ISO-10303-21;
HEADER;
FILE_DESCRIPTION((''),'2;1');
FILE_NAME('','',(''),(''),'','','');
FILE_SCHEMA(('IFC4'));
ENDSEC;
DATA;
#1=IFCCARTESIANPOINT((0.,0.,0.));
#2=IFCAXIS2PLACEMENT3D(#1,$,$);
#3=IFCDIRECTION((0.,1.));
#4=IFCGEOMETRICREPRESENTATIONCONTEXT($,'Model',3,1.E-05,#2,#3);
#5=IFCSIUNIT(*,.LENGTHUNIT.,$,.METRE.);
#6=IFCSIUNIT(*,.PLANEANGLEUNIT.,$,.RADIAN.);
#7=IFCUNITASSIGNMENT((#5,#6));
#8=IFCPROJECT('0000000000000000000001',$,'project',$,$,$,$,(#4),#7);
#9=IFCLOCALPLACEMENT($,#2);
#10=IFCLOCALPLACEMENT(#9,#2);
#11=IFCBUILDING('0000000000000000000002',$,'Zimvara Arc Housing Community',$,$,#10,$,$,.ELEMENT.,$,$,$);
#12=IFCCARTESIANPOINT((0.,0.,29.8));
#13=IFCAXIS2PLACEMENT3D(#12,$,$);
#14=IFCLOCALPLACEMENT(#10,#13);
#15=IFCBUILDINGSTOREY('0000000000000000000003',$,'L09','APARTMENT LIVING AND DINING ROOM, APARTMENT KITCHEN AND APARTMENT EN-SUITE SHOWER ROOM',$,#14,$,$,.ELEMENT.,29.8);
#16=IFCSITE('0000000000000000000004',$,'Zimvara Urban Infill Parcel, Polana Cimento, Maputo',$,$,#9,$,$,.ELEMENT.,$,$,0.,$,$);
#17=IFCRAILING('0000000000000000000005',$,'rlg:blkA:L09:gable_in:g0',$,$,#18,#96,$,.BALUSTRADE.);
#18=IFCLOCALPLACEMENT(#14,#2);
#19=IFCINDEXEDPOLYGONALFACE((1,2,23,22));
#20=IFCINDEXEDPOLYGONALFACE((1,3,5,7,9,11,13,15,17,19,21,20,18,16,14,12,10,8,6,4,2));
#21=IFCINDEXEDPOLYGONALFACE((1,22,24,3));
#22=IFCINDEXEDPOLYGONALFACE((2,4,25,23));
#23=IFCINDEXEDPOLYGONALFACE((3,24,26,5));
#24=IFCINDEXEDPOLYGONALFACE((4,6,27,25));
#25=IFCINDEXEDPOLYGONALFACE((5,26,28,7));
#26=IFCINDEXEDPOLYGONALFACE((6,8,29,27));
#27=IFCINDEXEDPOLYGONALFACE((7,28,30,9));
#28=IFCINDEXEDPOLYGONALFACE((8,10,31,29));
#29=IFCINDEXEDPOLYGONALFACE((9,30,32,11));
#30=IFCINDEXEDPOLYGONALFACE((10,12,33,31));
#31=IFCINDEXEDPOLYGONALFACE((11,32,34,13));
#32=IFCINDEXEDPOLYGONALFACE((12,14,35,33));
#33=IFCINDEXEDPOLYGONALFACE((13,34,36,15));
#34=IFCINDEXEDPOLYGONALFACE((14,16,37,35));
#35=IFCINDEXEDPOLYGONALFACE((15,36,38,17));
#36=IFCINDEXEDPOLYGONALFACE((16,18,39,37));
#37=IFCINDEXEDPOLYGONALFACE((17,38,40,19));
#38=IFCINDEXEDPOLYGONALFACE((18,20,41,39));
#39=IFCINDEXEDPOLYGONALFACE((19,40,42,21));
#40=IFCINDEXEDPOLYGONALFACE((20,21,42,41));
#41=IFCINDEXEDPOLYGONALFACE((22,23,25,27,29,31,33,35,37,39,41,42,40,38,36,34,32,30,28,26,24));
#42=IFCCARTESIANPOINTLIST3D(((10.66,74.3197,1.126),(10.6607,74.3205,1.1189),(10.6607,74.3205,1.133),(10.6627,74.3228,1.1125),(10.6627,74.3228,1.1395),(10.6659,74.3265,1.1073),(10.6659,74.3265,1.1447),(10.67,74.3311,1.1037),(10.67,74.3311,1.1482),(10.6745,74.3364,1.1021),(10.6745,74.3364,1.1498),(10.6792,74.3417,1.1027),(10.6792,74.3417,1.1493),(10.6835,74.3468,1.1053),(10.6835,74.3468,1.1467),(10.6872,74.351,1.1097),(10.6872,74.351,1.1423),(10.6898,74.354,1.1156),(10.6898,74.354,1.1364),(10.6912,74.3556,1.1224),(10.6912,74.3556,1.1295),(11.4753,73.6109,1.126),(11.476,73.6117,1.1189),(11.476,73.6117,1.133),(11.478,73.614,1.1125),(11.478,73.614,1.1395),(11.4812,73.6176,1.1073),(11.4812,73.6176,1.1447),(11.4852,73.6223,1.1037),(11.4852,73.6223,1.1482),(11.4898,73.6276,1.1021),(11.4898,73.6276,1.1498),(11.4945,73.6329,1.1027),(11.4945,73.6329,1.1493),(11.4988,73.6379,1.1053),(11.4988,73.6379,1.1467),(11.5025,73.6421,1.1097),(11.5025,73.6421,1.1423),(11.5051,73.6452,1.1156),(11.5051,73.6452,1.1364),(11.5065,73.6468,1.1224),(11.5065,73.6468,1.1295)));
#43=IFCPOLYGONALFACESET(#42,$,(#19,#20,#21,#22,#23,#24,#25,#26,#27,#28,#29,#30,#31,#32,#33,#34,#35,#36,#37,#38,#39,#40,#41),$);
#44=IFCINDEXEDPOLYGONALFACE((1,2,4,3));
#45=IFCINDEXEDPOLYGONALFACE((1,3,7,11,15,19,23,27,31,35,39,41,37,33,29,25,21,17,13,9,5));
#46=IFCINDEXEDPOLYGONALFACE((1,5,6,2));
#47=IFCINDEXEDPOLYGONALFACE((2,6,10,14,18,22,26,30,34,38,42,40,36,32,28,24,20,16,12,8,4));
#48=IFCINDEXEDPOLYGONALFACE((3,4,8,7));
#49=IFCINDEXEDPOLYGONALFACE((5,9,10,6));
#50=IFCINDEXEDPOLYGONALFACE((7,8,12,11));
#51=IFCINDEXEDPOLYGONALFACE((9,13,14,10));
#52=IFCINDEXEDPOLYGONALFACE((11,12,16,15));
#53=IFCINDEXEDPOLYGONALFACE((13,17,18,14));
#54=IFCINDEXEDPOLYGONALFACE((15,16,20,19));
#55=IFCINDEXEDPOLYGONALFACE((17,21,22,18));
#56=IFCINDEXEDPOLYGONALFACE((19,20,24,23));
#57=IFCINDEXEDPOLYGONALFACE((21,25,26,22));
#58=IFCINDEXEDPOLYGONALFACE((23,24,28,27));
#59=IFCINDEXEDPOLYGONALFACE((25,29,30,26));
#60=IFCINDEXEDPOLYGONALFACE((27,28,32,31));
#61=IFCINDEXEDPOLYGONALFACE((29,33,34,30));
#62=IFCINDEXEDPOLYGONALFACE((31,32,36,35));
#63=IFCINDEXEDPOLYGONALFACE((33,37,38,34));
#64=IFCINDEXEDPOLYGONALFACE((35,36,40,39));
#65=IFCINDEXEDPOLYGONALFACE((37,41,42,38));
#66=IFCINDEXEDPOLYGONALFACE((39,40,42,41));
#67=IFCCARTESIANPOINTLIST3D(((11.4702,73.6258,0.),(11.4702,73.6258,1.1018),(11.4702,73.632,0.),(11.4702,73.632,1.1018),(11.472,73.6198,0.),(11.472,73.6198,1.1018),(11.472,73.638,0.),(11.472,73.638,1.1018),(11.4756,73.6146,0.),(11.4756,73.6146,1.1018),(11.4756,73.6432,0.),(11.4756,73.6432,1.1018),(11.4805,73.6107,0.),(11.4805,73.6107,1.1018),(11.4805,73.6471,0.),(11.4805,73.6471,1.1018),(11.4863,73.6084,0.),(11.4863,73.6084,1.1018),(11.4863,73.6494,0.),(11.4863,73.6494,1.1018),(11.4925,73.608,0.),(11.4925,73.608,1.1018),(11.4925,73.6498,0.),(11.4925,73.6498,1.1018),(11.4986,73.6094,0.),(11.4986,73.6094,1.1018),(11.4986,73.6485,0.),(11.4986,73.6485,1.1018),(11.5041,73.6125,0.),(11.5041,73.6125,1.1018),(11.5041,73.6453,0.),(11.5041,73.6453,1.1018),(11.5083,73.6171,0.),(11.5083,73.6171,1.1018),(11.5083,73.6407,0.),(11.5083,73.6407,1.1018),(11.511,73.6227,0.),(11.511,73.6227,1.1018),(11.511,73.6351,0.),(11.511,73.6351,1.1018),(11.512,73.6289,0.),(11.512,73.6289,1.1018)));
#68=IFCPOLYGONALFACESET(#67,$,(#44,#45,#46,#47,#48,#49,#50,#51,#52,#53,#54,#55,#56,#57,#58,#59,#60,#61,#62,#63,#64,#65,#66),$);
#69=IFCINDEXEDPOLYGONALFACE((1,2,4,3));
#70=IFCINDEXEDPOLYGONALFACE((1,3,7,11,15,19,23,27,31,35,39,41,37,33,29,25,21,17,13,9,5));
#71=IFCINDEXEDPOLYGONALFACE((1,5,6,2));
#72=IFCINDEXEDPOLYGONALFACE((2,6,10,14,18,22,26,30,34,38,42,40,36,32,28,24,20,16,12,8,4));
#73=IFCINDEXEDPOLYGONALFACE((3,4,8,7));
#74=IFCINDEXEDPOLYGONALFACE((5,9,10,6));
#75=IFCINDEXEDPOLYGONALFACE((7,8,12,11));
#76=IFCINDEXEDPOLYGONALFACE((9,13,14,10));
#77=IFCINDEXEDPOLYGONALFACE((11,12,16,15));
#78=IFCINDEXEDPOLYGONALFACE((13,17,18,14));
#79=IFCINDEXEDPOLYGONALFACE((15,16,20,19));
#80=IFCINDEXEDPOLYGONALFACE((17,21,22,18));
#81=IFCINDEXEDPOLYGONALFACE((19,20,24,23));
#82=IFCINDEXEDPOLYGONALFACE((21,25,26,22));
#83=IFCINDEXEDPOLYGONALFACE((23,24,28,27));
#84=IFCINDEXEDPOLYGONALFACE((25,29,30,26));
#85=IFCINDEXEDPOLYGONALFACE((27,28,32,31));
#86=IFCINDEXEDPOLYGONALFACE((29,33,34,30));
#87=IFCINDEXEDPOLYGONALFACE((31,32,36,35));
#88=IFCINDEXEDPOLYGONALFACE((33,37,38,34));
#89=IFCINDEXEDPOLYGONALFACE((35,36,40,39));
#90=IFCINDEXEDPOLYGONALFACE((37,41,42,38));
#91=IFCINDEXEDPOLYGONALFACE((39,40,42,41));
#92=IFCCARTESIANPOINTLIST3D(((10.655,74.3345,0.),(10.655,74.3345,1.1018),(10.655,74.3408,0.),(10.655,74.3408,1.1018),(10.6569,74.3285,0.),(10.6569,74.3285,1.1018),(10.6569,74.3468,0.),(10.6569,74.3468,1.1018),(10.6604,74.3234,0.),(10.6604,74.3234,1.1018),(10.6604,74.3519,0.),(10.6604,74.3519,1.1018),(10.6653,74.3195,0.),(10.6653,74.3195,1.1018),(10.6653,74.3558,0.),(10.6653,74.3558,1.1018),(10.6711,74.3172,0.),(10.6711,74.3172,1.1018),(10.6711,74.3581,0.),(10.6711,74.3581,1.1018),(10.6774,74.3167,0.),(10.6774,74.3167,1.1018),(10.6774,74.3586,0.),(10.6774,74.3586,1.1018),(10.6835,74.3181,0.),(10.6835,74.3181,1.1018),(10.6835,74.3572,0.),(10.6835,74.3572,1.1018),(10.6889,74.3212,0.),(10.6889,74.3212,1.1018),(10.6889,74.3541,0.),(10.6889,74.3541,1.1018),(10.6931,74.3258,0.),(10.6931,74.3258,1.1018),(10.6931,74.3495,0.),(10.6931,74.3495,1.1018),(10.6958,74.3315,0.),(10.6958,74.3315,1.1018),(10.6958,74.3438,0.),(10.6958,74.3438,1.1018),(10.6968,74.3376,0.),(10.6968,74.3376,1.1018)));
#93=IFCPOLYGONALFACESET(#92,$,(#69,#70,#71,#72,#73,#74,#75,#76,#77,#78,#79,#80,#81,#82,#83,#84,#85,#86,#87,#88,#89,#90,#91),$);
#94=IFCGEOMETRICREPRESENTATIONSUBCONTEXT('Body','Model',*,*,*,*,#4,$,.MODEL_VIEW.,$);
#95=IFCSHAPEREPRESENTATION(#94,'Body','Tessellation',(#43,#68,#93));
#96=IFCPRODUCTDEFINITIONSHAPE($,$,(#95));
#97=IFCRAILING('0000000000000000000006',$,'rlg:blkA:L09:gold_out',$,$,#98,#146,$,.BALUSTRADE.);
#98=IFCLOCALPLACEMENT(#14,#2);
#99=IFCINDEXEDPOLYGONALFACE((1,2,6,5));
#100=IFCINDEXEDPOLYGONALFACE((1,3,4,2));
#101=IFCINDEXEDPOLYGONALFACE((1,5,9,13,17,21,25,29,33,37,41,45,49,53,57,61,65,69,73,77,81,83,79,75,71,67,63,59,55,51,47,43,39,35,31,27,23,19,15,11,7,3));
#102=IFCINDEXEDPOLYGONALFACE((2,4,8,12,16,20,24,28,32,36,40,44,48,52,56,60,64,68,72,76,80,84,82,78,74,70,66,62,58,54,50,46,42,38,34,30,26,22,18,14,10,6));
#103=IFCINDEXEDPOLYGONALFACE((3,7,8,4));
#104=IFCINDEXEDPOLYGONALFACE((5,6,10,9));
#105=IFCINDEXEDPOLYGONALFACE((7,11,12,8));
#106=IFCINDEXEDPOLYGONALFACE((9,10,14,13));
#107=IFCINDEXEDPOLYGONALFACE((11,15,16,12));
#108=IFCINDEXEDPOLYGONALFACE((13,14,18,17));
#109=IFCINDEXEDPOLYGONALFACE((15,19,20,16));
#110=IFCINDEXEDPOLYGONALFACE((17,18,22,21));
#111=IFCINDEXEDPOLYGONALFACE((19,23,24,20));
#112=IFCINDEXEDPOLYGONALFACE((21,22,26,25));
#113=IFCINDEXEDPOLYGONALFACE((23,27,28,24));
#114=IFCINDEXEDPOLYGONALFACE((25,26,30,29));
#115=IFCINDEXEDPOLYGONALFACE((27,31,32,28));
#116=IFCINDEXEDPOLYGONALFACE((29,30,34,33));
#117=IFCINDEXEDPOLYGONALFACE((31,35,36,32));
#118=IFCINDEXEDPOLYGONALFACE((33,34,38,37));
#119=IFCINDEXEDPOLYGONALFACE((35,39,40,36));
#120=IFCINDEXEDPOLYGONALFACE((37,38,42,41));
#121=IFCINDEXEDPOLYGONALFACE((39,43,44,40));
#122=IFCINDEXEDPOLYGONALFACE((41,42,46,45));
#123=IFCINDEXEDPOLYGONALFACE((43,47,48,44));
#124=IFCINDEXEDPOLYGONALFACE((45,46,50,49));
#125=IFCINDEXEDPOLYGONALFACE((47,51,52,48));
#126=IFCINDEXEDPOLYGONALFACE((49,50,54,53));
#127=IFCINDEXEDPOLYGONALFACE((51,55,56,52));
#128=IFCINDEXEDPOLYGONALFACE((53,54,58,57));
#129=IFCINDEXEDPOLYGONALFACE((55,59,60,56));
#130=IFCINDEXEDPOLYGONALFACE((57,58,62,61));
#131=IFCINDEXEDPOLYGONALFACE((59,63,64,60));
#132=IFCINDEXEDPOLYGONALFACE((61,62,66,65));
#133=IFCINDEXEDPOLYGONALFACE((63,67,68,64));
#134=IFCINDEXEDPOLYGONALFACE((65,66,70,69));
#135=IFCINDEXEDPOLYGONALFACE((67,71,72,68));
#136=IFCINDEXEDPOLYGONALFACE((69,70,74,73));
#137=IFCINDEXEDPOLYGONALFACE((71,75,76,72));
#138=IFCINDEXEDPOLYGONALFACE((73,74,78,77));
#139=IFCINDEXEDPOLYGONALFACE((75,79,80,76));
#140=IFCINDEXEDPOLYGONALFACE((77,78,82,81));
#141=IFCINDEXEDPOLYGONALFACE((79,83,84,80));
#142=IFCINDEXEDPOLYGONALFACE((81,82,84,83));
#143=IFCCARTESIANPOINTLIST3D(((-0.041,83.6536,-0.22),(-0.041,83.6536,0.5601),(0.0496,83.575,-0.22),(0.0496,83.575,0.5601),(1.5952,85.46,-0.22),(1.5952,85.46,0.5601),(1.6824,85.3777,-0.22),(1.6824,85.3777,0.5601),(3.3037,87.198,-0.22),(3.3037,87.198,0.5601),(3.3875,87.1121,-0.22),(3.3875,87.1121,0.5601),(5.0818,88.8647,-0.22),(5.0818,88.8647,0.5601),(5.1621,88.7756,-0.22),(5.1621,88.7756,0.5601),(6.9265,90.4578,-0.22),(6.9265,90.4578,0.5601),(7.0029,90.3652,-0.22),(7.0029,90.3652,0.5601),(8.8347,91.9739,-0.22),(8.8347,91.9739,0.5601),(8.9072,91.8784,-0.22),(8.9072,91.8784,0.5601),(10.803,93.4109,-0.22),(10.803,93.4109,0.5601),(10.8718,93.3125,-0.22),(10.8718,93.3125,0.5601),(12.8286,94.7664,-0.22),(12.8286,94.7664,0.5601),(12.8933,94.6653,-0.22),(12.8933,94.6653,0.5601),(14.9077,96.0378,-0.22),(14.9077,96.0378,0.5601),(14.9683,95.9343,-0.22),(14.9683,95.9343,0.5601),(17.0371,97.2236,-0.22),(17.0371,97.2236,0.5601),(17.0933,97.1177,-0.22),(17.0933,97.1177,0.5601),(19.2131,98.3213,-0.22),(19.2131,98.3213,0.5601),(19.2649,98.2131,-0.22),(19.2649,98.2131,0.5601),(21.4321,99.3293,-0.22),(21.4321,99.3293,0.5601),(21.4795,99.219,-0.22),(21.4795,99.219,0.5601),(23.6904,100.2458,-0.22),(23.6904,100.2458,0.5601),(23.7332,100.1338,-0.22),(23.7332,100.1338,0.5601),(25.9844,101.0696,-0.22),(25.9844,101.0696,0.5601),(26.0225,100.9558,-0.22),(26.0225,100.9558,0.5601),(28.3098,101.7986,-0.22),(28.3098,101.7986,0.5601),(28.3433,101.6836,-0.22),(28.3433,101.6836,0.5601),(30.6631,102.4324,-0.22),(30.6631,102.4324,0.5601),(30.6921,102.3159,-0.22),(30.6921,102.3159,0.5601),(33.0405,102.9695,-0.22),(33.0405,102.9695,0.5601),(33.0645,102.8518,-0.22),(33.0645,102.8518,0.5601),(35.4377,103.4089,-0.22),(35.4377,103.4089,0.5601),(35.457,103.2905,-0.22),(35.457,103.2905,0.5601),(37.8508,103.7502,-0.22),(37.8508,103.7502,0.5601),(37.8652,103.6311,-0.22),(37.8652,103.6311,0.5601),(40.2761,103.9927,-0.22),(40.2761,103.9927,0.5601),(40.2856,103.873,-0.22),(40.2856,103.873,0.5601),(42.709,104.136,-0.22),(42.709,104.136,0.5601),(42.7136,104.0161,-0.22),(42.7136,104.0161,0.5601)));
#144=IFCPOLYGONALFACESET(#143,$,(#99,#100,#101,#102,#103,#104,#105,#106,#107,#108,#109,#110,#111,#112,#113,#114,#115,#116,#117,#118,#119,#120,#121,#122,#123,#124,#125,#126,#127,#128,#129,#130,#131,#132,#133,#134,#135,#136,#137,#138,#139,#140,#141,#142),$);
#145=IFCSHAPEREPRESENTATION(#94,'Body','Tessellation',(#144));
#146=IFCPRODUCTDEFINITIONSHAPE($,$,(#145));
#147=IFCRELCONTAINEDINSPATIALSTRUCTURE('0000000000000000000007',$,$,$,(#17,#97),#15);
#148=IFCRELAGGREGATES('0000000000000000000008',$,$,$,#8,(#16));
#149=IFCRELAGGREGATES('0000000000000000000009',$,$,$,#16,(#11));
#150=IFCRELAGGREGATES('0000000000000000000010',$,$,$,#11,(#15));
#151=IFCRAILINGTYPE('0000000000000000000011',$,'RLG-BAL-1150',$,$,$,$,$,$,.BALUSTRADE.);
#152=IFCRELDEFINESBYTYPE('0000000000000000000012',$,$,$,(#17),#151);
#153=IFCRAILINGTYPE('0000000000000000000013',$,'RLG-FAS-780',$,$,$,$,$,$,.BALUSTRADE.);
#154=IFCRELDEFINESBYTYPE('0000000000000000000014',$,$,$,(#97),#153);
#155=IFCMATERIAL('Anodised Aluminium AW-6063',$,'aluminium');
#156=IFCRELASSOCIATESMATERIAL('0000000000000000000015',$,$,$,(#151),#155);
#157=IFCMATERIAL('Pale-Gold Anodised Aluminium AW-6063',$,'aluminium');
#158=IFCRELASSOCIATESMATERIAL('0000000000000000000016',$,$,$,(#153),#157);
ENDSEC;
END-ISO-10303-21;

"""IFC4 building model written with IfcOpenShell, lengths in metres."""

from ifc_helpers import new_model, si_unit, direction, frame, origin, origin_2d, place, context, subcontext, project, spatial, polyline, circle, outline, extrude, material, type_object, element, save


model = new_model("IFC4")

# Units and contexts
model_context = context("Model", 3, precision=1e-05, world=origin(), true_north=direction((0.0, 1.0)))
body_context = subcontext(model_context, "Body", "Model", "MODEL_VIEW")
ifc_project = project(units=[si_unit("LENGTHUNIT", "METRE"), si_unit("PLANEANGLEUNIT", "RADIAN")], contexts=[model_context])

# Site, building, storey
site_placement = place(None, origin())
site = spatial("IfcSite", under=ifc_project, at=site_placement, Name="Zimvara Urban Infill Parcel, Polana Cimento, Maputo", CompositionType="ELEMENT", RefElevation=0.0)
building_placement = place(site_placement, origin())
building = spatial("IfcBuilding", under=site, at=building_placement, Name="Zimvara Arc Housing Community", CompositionType="ELEMENT")
storey_placement = place(building_placement, frame((0.0, 0.0, 29.8)))
storey = spatial("IfcBuildingStorey", under=building, at=storey_placement, Name="L09", Description="APARTMENT LIVING AND DINING ROOM, APARTMENT KITCHEN AND APARTMENT EN-SUITE SHOWER ROOM", CompositionType="ELEMENT", Elevation=29.8)

# Railings
ifc_material_1 = material(Name="Anodised Aluminium AW-6063", Category="aluminium")
railing_type_1 = type_object("IfcRailingType", Name="RLG-BAL-1150", PredefinedType="BALUSTRADE", material=ifc_material_1)
railing_1_placement = place(storey_placement, frame((11.491, 73.6289, 0.0)))
element("IfcRailing", 1, at=railing_1_placement, inside=storey, type_object=railing_type_1, Name="rlg:blkA:L09:gable_in:g0", PredefinedType="BALUSTRADE", context=body_context, shape_type="SweptSolid", body=[
    extrude(circle(Radius=0.0239, at=origin_2d()), frame((0.0, 0.0, 1.126), z_axis=(-0.754659, 0.656117, 0.0), x_axis=(-0.656117, -0.754659, 0.0)), (0.0, 0.0, 1.0), 1.0803),
    extrude(circle(Radius=0.021, at=origin_2d()), origin(), (0.0, 0.0, 1.0), 1.1018),
    extrude(circle(Radius=0.021, at=origin_2d()), frame((-0.8152, 0.7087, 0.0)), (0.0, 0.0, 1.0), 1.1018),
])
ifc_material_2 = material(Name="Pale-Gold Anodised Aluminium AW-6063", Category="aluminium")
railing_type_2 = type_object("IfcRailingType", Name="RLG-FAS-780", PredefinedType="BALUSTRADE", material=ifc_material_2)
railing_2_placement = place(storey_placement, frame((0.0, 0.0, -0.22)))
element("IfcRailing", 2, at=railing_2_placement, inside=storey, type_object=railing_type_2, Name="rlg:blkA:L09:gold_out", PredefinedType="BALUSTRADE", context=body_context, shape_type="SweptSolid", body=[
    extrude(outline(polyline([(0.0496, 83.575), (1.6824, 85.3777), (3.3875, 87.1121), (5.1621, 88.7756), (7.0029, 90.3652), (8.9072, 91.8784), (10.8718, 93.3125), (12.8933, 94.6653), (14.9683, 95.9343), (17.0933, 97.1177), (19.2649, 98.2131), (21.4795, 99.219), (23.7332, 100.1338), (26.0225, 100.9558), (28.3433, 101.6836), (30.6921, 102.3159), (33.0645, 102.8518), (35.457, 103.2905), (37.8652, 103.6311), (40.2856, 103.873), (42.7136, 104.0161), (42.709, 104.136), (40.2761, 103.9927), (37.8508, 103.7502), (35.4377, 103.4089), (33.0405, 102.9695), (30.6631, 102.4324), (28.3098, 101.7986), (25.9844, 101.0696), (23.6904, 100.2458), (21.4321, 99.3293), (19.2131, 98.3213), (17.0371, 97.2236), (14.9077, 96.0378), (12.8286, 94.7664), (10.803, 93.4109), (8.8347, 91.9739), (6.9265, 90.4578), (5.0818, 88.8647), (3.3037, 87.198), (1.5952, 85.46), (-0.041, 83.6536), (0.0496, 83.575)])), origin(), (0.0, 0.0, 1.0), 0.78),
])

save(model, "model.ifc")
